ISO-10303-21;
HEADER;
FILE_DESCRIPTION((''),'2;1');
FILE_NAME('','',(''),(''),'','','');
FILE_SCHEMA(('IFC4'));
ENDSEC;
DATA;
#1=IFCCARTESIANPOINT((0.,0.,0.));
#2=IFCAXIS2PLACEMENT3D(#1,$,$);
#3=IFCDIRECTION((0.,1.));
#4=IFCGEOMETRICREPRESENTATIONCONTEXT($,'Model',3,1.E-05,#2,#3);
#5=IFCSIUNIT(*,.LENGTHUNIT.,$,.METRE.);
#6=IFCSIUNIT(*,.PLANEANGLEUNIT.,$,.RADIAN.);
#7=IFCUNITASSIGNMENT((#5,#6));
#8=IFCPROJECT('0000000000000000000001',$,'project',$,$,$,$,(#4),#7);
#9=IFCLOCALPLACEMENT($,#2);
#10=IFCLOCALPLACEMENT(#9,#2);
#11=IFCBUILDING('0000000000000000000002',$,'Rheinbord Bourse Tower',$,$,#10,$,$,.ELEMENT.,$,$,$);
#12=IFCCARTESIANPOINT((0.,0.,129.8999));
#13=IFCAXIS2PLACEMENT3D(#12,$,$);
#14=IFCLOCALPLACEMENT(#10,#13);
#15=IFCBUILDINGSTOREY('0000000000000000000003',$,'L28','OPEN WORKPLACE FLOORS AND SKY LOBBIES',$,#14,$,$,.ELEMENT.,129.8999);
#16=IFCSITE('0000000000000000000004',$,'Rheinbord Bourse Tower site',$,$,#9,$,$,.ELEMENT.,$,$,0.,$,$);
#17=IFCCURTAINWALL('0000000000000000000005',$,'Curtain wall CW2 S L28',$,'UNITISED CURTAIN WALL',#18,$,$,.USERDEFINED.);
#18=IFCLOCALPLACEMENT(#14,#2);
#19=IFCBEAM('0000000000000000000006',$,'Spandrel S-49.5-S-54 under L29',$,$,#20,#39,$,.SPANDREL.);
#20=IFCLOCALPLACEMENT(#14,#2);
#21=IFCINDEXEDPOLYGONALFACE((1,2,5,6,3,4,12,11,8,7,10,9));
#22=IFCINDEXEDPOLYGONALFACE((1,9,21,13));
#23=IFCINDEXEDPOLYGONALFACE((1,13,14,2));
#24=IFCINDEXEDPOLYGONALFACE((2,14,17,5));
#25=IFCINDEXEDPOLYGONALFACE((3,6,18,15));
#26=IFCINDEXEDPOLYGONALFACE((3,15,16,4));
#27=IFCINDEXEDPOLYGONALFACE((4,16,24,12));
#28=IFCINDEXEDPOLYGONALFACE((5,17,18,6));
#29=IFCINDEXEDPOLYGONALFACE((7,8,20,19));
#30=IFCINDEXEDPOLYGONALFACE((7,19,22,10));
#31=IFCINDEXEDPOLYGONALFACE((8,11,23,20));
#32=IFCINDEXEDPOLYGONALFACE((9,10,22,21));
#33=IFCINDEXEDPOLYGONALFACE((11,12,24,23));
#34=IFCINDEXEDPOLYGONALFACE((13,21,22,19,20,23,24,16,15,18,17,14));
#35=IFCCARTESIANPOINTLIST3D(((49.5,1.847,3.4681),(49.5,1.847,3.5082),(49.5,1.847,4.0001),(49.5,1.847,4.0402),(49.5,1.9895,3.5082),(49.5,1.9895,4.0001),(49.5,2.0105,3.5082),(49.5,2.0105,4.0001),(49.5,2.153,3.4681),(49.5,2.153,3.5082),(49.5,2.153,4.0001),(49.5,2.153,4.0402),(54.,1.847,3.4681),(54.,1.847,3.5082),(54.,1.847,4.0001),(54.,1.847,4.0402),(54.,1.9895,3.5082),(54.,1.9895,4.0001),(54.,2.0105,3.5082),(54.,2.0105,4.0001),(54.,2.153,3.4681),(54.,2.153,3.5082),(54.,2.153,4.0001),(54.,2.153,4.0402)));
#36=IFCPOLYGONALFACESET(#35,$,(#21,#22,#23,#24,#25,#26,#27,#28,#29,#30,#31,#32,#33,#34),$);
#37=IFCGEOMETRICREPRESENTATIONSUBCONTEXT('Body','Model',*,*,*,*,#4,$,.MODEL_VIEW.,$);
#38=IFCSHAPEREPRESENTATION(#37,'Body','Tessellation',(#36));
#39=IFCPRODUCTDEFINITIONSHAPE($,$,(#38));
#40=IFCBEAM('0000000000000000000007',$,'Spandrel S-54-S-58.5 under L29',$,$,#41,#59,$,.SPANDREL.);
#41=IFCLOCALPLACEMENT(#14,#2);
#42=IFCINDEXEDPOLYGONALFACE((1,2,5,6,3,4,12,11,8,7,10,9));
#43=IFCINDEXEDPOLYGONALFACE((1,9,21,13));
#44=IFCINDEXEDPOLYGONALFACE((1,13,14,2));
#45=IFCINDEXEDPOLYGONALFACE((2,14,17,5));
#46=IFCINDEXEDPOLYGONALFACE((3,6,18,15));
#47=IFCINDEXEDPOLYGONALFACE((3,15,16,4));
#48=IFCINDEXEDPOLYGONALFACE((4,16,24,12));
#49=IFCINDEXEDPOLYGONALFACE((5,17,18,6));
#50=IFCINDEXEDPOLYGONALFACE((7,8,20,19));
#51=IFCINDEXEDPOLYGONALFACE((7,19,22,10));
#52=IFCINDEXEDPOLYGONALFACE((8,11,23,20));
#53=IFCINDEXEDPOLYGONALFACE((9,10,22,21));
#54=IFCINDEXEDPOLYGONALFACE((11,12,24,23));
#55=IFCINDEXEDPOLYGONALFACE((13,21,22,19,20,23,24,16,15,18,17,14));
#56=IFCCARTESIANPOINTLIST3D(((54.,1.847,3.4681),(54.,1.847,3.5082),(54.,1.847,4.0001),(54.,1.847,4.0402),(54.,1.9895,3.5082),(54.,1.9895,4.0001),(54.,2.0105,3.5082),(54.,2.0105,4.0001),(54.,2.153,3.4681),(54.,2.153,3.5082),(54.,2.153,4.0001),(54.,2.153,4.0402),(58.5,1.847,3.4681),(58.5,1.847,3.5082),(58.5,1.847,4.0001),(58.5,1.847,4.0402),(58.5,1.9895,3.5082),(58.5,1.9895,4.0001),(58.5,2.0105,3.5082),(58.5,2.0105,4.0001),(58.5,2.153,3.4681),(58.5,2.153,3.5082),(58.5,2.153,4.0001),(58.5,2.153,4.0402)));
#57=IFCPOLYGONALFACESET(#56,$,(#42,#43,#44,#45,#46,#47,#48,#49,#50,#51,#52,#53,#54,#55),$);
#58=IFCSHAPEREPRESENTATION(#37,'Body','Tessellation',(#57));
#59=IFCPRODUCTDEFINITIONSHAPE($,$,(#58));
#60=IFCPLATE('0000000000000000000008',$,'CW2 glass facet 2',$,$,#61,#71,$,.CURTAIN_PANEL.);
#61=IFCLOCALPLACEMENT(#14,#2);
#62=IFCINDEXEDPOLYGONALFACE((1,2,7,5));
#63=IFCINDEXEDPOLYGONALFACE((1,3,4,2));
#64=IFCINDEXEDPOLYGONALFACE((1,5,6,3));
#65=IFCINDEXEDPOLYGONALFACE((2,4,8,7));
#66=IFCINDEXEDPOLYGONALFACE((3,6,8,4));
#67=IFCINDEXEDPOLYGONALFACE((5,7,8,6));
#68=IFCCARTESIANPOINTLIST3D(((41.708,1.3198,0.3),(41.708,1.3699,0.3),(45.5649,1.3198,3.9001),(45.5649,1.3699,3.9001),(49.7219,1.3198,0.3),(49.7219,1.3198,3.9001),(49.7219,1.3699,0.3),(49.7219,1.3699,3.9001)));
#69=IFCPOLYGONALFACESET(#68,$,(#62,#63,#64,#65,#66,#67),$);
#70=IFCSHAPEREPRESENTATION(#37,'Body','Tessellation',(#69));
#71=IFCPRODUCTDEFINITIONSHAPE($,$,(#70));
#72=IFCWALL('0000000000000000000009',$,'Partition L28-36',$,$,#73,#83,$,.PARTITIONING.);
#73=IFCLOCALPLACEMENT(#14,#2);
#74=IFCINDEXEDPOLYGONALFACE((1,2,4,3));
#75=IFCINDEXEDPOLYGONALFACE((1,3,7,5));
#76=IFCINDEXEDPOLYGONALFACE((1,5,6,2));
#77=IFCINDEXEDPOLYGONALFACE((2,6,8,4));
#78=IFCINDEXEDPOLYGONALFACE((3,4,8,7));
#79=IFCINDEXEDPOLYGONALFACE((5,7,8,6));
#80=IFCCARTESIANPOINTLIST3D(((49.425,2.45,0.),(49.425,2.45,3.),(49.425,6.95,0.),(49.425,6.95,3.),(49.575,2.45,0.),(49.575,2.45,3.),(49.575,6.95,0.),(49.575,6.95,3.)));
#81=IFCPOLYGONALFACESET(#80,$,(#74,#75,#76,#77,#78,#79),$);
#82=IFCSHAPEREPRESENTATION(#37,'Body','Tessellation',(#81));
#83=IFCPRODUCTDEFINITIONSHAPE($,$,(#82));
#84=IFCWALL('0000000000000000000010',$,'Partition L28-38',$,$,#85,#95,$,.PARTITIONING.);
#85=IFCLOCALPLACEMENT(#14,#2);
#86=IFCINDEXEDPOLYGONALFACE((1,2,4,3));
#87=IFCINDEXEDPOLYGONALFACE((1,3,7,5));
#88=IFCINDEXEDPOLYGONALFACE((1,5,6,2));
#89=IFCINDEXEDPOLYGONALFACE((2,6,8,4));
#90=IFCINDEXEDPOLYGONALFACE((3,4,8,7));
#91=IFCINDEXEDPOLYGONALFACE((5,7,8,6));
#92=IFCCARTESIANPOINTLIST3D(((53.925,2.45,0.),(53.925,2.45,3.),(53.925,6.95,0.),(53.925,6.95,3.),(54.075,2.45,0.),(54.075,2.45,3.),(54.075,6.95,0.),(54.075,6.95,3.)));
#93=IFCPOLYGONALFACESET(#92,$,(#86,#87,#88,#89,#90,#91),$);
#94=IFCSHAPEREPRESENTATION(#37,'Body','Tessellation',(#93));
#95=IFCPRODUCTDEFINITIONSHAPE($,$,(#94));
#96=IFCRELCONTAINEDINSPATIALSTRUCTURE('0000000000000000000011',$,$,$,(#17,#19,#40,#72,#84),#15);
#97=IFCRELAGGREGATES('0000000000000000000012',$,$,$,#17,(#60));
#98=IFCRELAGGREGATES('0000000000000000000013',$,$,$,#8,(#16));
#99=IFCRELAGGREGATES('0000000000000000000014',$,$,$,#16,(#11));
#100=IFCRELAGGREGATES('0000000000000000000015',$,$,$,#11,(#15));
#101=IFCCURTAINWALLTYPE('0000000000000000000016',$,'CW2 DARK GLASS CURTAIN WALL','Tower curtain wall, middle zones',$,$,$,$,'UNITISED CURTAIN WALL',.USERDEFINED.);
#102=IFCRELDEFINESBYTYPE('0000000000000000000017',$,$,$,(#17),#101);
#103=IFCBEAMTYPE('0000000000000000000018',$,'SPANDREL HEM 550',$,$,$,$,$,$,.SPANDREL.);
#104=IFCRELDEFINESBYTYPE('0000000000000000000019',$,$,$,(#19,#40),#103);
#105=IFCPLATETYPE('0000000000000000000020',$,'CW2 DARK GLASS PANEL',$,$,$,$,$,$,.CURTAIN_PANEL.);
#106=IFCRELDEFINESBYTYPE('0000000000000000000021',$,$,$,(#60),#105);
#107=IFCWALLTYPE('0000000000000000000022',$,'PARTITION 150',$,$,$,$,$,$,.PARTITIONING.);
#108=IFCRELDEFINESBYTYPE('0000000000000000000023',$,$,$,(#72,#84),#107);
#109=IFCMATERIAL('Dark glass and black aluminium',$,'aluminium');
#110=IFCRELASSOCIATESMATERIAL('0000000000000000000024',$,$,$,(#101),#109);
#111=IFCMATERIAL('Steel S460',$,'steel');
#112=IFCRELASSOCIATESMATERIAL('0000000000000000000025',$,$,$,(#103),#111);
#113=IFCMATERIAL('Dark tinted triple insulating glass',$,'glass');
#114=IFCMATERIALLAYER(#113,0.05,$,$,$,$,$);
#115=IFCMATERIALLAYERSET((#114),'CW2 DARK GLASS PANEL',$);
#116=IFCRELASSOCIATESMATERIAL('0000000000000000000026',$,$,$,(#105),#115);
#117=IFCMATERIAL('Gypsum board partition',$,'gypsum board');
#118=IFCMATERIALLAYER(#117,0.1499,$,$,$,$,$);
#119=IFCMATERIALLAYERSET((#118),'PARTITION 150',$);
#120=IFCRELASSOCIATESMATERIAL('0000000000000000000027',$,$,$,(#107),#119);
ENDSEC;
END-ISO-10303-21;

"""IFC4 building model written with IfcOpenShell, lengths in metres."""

from ifc_helpers import new_model, si_unit, direction, frame, frame_2d, origin, origin_2d, place, context, subcontext, project, spatial, polyline, rectangle, i_section, outline, extrude, material, layer, layer_set, material_profile, profile_set, type_object, element, aggregate, save


model = new_model("IFC4")

# Units and contexts
model_context = context("Model", 3, precision=1e-05, world=origin(), true_north=direction((0.0, 1.0)))
body_context = subcontext(model_context, "Body", "Model", "MODEL_VIEW")
ifc_project = project(units=[si_unit("LENGTHUNIT", "METRE"), si_unit("PLANEANGLEUNIT", "RADIAN")], contexts=[model_context])

# Site, building, storey
site_placement = place(None, origin())
site = spatial("IfcSite", under=ifc_project, at=site_placement, Name="Rheinbord Bourse Tower site", CompositionType="ELEMENT", RefElevation=0.0)
building_placement = place(site_placement, origin())
building = spatial("IfcBuilding", under=site, at=building_placement, Name="Rheinbord Bourse Tower", CompositionType="ELEMENT")
storey_placement = place(building_placement, frame((0.0, 0.0, 129.8999)))
storey = spatial("IfcBuildingStorey", under=building, at=storey_placement, Name="L28", Description="OPEN WORKPLACE FLOORS AND SKY LOBBIES", CompositionType="ELEMENT", Elevation=129.8999)

# Curtain wall
ifc_material_1 = material(Name="Dark glass and black aluminium", Category="aluminium")
curtain_wall_type = type_object("IfcCurtainWallType", Name="CW2 DARK GLASS CURTAIN WALL", Description="Tower curtain wall, middle zones", ElementType="UNITISED CURTAIN WALL", PredefinedType="USERDEFINED", material=ifc_material_1)
curtain_wall_placement = place(storey_placement, origin())
curtain_wall = element("IfcCurtainWall", 1, at=curtain_wall_placement, inside=storey, type_object=curtain_wall_type, Name="Curtain wall CW2 S L28", ObjectType="UNITISED CURTAIN WALL", PredefinedType="USERDEFINED")

# Beams
ifc_material_2 = material(Name="Steel S460", Category="steel")
ifc_material_profile_1 = material_profile(ifc_material_2, i_section(OverallWidth=0.3059, OverallDepth=0.572, WebThickness=0.021, FlangeThickness=0.04, at=origin_2d()), Name="HEM 550")
ifc_profile_set_1 = profile_set([ifc_material_profile_1], Name="Steel S460")
beam_type_1 = type_object("IfcBeamType", Name="SPANDREL HEM 550", PredefinedType="SPANDREL", material=ifc_profile_set_1)
for number, where, z_axis, x_axis, name in (
    (2, (49.5, 2.0, 3.7542), (1.0, 0.0, 0.0), (0.0, 1.0, 0.0), "Spandrel S-49.5-S-54 under L29"),
    (3, (54.0, 2.0, 3.7542), (1.0, 0.0, 0.0), (0.0, 1.0, 0.0), "Spandrel S-54-S-58.5 under L29"),
):
    element("IfcBeam", number, at=place(storey_placement, frame(where, z_axis=z_axis, x_axis=x_axis)), inside=storey, type_object=beam_type_1, Name=name, PredefinedType="SPANDREL", context=body_context, shape_type="SweptSolid", body=[
        extrude(i_section(OverallWidth=0.3059, OverallDepth=0.572, WebThickness=0.021, FlangeThickness=0.04, at=origin_2d()), origin(), (0.0, 0.0, 1.0), 4.5),
    ])

# Plate
ifc_material_3 = material(Name="Dark tinted triple insulating glass", Category="glass")
ifc_layer_1 = layer(ifc_material_3, 0.05)
ifc_layer_set_1 = layer_set([ifc_layer_1], Name="CW2 DARK GLASS PANEL")
plate_type = type_object("IfcPlateType", Name="CW2 DARK GLASS PANEL", PredefinedType="CURTAIN_PANEL", material=ifc_layer_set_1)
plate_placement = place(storey_placement, frame((49.7219, 1.3198, 3.9001), z_axis=(0.0, 1.0, 0.0), x_axis=(0.0, 0.0, -1.0)))
plate = element("IfcPlate", 4, at=plate_placement, type_object=plate_type, Name="CW2 glass facet 2", PredefinedType="CURTAIN_PANEL", context=body_context, shape_type="SweptSolid", body=[
    extrude(outline(polyline([(0.0, 0.0), (3.6001, 0.0), (3.6001, 8.0139), (0.0, 4.157), (0.0, 0.0)])), origin(), (0.0, 0.0, 1.0), 0.05),
])
aggregate(curtain_wall, [plate])

# Walls
ifc_material_4 = material(Name="Gypsum board partition", Category="gypsum board")
ifc_layer_2 = layer(ifc_material_4, 0.1499)
ifc_layer_set_2 = layer_set([ifc_layer_2], Name="PARTITION 150")
wall_type = type_object("IfcWallType", Name="PARTITION 150", PredefinedType="PARTITIONING", material=ifc_layer_set_2)
for number, where, z_axis, x_axis, name in (
    (5, (49.5, 2.45, 0.0), (0.0, 0.0, 1.0), (0.0, 1.0, 0.0), "Partition L28-36"),
    (6, (54.0, 2.45, 0.0), (0.0, 0.0, 1.0), (0.0, 1.0, 0.0), "Partition L28-38"),
):
    element("IfcWall", number, at=place(storey_placement, frame(where, z_axis=z_axis, x_axis=x_axis)), inside=storey, type_object=wall_type, Name=name, PredefinedType="PARTITIONING", context=body_context, shape_type="SweptSolid", body=[
        extrude(rectangle(XDim=4.5, YDim=0.1499, at=frame_2d((2.25, 0.0))), origin(), (0.0, 0.0, 1.0), 3.0),
    ])

save(model, "model.ifc")
